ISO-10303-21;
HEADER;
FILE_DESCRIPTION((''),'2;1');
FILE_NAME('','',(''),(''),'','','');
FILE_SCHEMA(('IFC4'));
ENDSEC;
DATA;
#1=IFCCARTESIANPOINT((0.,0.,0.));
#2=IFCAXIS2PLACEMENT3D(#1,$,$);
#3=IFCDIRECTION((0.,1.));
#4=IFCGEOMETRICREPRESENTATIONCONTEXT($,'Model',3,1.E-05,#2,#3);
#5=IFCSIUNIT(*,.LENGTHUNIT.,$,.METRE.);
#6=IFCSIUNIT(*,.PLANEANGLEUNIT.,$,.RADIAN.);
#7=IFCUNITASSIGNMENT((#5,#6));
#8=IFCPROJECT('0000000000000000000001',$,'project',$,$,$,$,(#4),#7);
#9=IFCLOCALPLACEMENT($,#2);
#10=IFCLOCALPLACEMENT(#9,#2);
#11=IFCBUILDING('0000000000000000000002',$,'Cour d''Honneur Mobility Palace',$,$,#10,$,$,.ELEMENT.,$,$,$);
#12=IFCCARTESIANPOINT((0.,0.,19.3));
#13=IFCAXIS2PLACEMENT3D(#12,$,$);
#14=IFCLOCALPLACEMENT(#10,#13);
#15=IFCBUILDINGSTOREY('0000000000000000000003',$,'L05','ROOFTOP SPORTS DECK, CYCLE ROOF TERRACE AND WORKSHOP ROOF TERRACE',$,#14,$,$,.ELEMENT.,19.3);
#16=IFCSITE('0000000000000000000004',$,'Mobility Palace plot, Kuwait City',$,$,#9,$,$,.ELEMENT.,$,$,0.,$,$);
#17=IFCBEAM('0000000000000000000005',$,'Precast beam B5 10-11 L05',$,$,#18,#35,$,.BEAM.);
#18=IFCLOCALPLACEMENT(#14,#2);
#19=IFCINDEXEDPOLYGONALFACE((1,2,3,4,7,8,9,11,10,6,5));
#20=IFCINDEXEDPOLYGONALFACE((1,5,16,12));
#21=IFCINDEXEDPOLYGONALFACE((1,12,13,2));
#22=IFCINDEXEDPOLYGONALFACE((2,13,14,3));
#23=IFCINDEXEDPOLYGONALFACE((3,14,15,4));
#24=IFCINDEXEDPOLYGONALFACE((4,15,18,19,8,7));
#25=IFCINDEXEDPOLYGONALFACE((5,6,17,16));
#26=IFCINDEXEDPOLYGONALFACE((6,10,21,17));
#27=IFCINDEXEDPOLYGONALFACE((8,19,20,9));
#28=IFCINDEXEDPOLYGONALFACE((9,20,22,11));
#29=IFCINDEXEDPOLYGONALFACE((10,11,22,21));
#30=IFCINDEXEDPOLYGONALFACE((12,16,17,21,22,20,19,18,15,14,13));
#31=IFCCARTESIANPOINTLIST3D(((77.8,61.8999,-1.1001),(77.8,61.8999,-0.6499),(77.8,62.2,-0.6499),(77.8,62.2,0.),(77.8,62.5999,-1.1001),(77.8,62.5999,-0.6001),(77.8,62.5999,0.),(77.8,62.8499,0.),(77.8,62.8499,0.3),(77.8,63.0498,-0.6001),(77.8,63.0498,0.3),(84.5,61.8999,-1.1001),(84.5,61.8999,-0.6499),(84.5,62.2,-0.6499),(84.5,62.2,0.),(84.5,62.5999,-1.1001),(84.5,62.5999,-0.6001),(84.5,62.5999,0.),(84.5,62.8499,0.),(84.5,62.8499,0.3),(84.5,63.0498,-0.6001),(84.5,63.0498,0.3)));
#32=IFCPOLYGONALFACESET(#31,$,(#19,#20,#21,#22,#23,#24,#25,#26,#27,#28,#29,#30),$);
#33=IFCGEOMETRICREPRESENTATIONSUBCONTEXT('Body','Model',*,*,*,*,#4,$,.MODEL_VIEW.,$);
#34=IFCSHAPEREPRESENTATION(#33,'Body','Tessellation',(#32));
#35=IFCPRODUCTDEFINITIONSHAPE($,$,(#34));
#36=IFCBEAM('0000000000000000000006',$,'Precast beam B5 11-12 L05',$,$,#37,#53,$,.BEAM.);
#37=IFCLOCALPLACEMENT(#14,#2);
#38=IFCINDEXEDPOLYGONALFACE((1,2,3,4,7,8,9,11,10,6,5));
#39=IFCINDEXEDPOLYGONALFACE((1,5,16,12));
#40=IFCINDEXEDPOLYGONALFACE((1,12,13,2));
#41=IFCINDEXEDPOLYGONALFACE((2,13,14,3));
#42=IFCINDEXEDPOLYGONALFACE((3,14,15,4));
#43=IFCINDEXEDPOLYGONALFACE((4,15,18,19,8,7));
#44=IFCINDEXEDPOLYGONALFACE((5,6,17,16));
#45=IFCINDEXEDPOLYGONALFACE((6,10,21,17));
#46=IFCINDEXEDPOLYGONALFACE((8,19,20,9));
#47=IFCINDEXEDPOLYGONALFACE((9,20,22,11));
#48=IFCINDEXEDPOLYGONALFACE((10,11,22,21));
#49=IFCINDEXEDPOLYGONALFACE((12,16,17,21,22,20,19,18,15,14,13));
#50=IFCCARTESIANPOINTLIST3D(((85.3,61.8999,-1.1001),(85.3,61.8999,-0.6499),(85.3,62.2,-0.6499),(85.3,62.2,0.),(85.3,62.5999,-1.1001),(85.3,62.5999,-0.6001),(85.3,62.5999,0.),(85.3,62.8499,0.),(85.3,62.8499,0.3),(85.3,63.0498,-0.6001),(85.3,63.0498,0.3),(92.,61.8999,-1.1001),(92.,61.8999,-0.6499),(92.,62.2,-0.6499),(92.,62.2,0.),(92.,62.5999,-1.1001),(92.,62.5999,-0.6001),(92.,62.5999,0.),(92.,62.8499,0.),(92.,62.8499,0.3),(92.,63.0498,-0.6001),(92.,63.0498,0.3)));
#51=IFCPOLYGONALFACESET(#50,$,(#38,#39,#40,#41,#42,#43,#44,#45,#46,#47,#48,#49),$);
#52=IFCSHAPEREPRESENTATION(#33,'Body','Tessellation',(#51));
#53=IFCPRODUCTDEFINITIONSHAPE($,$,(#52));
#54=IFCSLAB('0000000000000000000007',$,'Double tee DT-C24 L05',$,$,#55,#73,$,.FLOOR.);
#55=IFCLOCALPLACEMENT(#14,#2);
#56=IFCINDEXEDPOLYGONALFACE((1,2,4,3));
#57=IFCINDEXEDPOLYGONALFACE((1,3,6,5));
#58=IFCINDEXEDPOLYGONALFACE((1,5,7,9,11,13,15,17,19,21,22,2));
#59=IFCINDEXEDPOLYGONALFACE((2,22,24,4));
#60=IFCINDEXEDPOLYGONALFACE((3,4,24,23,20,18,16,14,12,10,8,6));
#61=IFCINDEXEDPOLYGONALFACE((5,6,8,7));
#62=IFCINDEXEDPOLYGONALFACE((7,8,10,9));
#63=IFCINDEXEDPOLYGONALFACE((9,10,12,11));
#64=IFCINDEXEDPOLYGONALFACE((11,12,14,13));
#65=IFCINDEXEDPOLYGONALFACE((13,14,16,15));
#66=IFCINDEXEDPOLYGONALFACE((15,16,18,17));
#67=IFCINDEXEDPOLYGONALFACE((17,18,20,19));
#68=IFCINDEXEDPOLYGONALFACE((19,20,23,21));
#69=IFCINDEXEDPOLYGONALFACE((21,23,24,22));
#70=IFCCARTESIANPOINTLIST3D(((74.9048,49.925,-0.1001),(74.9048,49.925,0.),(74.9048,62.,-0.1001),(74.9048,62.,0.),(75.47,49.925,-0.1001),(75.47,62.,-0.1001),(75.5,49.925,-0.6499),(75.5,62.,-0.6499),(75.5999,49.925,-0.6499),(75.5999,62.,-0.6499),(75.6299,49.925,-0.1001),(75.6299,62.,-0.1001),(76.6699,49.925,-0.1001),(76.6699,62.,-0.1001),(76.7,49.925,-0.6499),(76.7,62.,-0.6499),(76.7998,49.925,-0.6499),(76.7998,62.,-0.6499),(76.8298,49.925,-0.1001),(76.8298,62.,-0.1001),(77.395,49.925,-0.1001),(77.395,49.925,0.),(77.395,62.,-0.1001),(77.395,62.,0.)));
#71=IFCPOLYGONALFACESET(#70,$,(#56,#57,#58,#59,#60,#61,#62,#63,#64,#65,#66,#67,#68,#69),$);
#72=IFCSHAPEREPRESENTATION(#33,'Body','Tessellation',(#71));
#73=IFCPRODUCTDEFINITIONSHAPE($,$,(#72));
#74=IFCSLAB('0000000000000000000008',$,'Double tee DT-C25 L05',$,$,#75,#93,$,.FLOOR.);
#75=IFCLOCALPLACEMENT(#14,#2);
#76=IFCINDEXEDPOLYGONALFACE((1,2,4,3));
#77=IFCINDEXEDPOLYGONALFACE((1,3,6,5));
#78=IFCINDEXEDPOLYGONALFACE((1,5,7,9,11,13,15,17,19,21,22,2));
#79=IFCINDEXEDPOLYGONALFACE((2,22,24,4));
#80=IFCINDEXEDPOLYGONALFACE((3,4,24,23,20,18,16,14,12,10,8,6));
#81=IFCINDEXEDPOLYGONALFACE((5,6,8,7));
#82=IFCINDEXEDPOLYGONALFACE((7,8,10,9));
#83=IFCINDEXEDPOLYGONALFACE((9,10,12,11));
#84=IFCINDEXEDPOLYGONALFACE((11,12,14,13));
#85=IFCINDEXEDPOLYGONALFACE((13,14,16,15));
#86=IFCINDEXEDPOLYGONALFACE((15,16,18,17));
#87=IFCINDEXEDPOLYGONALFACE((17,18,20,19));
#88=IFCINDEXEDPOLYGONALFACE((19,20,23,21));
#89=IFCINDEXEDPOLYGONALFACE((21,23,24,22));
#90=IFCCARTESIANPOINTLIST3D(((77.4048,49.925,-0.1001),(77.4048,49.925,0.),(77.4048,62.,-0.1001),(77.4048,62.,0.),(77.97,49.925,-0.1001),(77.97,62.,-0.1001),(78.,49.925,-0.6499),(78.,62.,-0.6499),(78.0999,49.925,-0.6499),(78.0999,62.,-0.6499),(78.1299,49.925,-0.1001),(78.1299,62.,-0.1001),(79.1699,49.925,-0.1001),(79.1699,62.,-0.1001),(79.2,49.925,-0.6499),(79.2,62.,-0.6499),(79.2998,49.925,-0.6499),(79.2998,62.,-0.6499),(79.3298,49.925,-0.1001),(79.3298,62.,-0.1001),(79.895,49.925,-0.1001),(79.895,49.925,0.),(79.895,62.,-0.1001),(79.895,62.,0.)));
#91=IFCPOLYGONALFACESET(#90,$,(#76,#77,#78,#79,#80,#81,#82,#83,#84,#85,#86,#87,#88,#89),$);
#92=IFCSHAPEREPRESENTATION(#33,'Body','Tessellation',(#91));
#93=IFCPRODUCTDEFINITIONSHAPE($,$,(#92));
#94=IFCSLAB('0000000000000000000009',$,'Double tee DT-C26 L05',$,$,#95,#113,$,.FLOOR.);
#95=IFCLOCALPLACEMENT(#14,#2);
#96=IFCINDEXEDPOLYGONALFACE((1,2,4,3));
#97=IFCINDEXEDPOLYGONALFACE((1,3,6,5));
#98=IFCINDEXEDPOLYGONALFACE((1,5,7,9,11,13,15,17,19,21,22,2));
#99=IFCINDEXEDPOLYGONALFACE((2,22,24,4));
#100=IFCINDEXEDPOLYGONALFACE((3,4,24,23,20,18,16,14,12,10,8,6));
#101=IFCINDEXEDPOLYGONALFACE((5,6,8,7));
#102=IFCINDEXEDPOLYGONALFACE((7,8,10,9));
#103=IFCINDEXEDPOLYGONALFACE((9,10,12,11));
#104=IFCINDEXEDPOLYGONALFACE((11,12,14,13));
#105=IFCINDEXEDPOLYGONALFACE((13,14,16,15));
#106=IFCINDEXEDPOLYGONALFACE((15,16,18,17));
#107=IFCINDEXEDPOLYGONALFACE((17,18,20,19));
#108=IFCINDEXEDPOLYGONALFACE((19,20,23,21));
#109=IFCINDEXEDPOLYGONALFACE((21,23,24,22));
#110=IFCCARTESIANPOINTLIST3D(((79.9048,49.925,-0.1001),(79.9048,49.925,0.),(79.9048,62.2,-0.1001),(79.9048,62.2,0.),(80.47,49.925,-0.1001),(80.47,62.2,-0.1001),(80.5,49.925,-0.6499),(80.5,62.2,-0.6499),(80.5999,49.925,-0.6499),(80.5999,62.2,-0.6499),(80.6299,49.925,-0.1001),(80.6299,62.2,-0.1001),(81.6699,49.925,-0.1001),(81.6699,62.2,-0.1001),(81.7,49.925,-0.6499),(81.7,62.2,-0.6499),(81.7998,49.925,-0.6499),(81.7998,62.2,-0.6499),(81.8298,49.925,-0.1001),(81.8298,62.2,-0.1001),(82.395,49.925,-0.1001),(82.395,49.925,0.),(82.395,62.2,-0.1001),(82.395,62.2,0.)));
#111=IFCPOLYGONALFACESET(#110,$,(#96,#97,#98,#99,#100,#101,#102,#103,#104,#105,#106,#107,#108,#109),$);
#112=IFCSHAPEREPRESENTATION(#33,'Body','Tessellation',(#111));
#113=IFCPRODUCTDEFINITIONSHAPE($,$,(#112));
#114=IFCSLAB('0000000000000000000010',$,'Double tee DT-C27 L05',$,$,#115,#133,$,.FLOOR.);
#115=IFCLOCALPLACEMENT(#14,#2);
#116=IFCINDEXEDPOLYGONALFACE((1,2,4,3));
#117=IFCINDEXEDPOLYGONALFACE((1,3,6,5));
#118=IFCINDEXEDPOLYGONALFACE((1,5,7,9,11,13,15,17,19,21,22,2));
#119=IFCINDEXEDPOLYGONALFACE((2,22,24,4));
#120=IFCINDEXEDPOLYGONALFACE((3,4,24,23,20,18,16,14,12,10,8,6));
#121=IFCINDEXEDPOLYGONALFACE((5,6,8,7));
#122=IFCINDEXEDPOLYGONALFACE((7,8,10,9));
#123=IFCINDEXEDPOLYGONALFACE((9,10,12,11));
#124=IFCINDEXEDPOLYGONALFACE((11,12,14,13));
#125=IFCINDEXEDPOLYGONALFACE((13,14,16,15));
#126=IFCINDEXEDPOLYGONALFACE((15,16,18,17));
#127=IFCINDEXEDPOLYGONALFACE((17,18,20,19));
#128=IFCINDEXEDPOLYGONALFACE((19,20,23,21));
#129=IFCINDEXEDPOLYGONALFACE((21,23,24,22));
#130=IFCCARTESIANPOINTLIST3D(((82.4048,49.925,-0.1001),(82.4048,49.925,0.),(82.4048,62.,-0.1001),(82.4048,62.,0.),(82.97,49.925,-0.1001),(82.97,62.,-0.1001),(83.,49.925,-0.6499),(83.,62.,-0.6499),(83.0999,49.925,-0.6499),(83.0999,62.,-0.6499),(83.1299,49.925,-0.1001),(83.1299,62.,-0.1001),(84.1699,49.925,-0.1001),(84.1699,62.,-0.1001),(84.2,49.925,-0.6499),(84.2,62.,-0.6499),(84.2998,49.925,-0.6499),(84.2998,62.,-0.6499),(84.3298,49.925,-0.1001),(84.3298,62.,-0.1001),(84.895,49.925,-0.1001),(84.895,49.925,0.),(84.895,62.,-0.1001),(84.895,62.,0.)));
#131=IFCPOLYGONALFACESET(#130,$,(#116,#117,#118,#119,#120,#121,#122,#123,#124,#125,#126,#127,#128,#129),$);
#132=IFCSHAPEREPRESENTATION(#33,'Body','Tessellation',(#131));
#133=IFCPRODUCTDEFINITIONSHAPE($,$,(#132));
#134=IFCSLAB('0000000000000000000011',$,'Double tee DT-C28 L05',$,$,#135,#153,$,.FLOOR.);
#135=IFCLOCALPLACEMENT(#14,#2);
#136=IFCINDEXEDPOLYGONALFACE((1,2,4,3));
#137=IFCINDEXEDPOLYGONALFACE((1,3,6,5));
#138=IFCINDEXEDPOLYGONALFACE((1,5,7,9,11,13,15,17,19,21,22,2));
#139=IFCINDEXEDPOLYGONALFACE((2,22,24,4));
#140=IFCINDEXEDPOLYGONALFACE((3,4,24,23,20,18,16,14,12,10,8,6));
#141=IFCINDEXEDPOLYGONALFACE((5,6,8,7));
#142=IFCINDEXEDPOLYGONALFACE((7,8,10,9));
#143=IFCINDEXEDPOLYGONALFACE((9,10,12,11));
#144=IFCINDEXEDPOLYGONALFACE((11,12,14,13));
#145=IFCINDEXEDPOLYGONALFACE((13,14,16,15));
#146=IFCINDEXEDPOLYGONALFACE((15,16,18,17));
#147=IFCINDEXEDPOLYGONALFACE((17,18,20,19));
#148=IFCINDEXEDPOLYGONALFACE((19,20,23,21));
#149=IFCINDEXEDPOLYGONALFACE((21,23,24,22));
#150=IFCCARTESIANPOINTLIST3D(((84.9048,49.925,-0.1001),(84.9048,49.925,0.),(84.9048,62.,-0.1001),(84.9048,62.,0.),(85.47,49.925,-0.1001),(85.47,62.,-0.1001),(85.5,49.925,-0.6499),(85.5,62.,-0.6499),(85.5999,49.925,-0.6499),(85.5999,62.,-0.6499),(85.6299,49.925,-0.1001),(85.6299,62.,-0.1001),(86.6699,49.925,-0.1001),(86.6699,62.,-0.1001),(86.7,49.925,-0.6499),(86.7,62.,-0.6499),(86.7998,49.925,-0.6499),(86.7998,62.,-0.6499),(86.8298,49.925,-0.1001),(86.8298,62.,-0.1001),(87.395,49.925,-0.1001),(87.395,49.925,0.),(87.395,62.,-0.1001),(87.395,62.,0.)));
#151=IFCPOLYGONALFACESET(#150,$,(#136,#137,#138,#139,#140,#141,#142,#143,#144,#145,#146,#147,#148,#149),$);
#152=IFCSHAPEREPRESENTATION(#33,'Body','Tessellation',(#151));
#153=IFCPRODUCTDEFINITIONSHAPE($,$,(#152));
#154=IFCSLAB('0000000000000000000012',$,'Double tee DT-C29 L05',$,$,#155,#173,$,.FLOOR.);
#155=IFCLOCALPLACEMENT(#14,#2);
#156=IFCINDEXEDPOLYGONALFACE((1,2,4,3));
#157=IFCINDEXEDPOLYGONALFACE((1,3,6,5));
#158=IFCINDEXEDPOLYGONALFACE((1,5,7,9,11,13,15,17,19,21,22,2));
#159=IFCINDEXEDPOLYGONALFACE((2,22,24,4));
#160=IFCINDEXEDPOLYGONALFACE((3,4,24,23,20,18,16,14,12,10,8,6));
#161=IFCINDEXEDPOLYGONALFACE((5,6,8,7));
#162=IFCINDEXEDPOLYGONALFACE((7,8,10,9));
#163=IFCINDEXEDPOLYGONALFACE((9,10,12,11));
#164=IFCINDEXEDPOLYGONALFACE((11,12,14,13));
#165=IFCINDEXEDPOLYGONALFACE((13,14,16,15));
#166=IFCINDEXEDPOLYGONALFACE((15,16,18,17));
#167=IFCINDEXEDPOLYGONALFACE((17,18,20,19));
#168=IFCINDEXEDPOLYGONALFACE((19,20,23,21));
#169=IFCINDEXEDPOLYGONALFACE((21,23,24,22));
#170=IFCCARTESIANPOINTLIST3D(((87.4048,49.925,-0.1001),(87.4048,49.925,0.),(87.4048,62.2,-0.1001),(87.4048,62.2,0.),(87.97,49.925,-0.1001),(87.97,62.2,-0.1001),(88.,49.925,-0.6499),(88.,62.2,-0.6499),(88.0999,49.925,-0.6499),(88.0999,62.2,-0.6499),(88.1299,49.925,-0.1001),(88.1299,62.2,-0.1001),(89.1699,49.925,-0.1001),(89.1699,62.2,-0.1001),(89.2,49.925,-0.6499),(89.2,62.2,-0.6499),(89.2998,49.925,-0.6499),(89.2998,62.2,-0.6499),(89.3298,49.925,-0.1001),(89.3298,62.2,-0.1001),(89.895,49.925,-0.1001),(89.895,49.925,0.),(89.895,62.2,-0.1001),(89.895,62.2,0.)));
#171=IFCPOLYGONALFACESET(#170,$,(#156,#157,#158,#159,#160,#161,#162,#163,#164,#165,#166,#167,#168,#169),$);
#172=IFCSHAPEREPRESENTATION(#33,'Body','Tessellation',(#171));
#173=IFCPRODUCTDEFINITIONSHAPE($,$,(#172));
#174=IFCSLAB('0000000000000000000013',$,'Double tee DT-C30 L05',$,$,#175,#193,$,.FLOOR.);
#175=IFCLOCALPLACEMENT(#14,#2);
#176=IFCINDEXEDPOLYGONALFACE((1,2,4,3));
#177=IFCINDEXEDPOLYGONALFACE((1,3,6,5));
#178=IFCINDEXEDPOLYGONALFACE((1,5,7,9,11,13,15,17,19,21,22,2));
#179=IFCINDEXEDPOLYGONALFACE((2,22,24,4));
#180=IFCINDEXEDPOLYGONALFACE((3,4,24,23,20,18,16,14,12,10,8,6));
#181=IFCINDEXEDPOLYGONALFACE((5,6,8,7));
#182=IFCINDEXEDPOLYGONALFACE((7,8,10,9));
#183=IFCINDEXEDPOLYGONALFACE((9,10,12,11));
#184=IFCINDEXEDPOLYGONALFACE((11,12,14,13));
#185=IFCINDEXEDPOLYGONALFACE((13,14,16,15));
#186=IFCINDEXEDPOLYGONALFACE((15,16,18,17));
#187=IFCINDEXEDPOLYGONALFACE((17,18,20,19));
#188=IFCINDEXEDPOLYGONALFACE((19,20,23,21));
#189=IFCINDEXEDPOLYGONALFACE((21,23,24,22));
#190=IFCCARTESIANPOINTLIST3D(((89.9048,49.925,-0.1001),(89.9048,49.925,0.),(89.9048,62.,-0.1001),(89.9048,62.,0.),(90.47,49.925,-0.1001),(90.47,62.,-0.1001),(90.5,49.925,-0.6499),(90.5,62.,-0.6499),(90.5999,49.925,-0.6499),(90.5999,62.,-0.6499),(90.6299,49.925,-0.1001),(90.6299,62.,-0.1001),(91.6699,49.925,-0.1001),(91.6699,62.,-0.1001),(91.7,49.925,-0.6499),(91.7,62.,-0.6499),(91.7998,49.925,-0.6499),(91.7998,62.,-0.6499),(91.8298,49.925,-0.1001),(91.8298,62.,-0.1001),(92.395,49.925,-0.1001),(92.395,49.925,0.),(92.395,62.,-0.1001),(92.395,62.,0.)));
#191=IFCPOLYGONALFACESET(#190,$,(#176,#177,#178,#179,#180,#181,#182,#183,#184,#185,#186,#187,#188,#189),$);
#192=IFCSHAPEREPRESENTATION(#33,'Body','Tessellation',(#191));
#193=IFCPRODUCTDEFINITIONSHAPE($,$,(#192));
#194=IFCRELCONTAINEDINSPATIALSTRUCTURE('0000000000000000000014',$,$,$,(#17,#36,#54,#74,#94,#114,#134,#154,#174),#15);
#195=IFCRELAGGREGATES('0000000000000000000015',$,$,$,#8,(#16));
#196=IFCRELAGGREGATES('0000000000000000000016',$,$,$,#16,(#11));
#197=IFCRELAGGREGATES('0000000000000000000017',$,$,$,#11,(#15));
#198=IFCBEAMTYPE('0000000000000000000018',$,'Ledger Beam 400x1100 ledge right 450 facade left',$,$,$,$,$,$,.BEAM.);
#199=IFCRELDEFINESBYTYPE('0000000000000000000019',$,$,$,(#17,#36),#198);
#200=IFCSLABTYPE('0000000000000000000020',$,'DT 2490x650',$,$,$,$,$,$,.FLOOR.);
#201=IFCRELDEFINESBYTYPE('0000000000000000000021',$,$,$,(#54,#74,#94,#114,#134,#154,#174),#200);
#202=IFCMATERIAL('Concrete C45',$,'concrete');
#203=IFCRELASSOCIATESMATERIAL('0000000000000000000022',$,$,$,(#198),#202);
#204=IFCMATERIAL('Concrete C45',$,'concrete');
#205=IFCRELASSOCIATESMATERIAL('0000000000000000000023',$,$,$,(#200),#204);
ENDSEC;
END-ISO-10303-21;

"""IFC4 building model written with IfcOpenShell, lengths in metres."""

from ifc_helpers import new_model, si_unit, direction, frame, origin, place, context, subcontext, project, spatial, polyline, outline, extrude, material, material_profile, profile_set, type_object, element, save


model = new_model("IFC4")

# Units and contexts
model_context = context("Model", 3, precision=1e-05, world=origin(), true_north=direction((0.0, 1.0)))
body_context = subcontext(model_context, "Body", "Model", "MODEL_VIEW")
ifc_project = project(units=[si_unit("LENGTHUNIT", "METRE"), si_unit("PLANEANGLEUNIT", "RADIAN")], contexts=[model_context])

# Site, building, storey
site_placement = place(None, origin())
site = spatial("IfcSite", under=ifc_project, at=site_placement, Name="Mobility Palace plot, Kuwait City", CompositionType="ELEMENT", RefElevation=0.0)
building_placement = place(site_placement, origin())
building = spatial("IfcBuilding", under=site, at=building_placement, Name="Cour d'Honneur Mobility Palace", CompositionType="ELEMENT")
storey_placement = place(building_placement, frame((0.0, 0.0, 19.3)))
storey = spatial("IfcBuildingStorey", under=building, at=storey_placement, Name="L05", Description="ROOFTOP SPORTS DECK, CYCLE ROOF TERRACE AND WORKSHOP ROOF TERRACE", CompositionType="ELEMENT", Elevation=19.3)

# Beams
ifc_material_1 = material(Name="Concrete C45", Category="concrete")
ifc_material_profile_1 = material_profile(ifc_material_1, outline(polyline([(0.2, -1.1001), (0.2, -0.6001), (0.6499, -0.6001), (0.6499, 0.3), (0.45, 0.3), (0.45, 0.0), (0.2, 0.0), (-0.2, 0.0), (-0.2, -0.6499), (-0.5, -0.6499), (-0.5, -1.1001), (0.2, -1.1001)])), Name="Ledger Beam 400x1100 ledge right 450 facade left")
ifc_profile_set_1 = profile_set([ifc_material_profile_1], Name="Concrete C45")
beam_type = type_object("IfcBeamType", Name="Ledger Beam 400x1100 ledge right 450 facade left", PredefinedType="BEAM", material=ifc_profile_set_1)
for number, where, z_axis, x_axis, name in (
    (1, (77.8, 62.3999, 0.0), (1.0, 0.0, 0.0), (0.0, 1.0, 0.0), "Precast beam B5 10-11 L05"),
    (2, (85.3, 62.3999, 0.0), (1.0, 0.0, 0.0), (0.0, 1.0, 0.0), "Precast beam B5 11-12 L05"),
):
    element("IfcBeam", number, at=place(storey_placement, frame(where, z_axis=z_axis, x_axis=x_axis)), inside=storey, type_object=beam_type, Name=name, PredefinedType="BEAM", context=body_context, shape_type="SweptSolid", body=[
        extrude(outline(polyline([(0.2, -1.1001), (0.2, -0.6001), (0.6499, -0.6001), (0.6499, 0.3), (0.45, 0.3), (0.45, 0.0), (0.2, 0.0), (-0.2, 0.0), (-0.2, -0.6499), (-0.5, -0.6499), (-0.5, -1.1001), (0.2, -1.1001)])), origin(), (0.0, 0.0, 1.0), 6.7),
    ])

# Slabs
ifc_material_2 = material(Name="Concrete C45", Category="concrete")
ifc_material_profile_2 = material_profile(ifc_material_2, outline(polyline([(-1.2451, 0.0), (1.2451, 0.0), (1.2451, -0.1001), (0.6799, -0.1001), (0.6499, -0.6499), (0.55, -0.6499), (0.52, -0.1001), (-0.52, -0.1001), (-0.55, -0.6499), (-0.6499, -0.6499), (-0.6799, -0.1001), (-1.2451, -0.1001), (-1.2451, 0.0)])), Name="DT 2490x650")
ifc_profile_set_2 = profile_set([ifc_material_profile_2], Name="Concrete C45")
slab_type = type_object("IfcSlabType", Name="DT 2490x650", PredefinedType="FLOOR", material=ifc_profile_set_2)
for number, where, z_axis, x_axis, name in (
    (3, (76.1499, 49.925, 0.0), (0.0, 1.0, 0.0), (-1.0, 0.0, 0.0), "Double tee DT-C24 L05"),
    (4, (78.6499, 49.925, 0.0), (0.0, 1.0, 0.0), (-1.0, 0.0, 0.0), "Double tee DT-C25 L05"),
):
    element("IfcSlab", number, at=place(storey_placement, frame(where, z_axis=z_axis, x_axis=x_axis)), inside=storey, type_object=slab_type, Name=name, PredefinedType="FLOOR", context=body_context, shape_type="SweptSolid", body=[
        extrude(outline(polyline([(-1.2451, 0.0), (1.2451, 0.0), (1.2451, -0.1001), (0.6799, -0.1001), (0.6499, -0.6499), (0.55, -0.6499), (0.52, -0.1001), (-0.52, -0.1001), (-0.55, -0.6499), (-0.6499, -0.6499), (-0.6799, -0.1001), (-1.2451, -0.1001), (-1.2451, 0.0)])), origin(), (0.0, 0.0, 1.0), 12.075),
    ])
slab_1_placement = place(storey_placement, frame((81.1499, 49.925, 0.0), z_axis=(0.0, 1.0, 0.0), x_axis=(-1.0, 0.0, 0.0)))
element("IfcSlab", 5, at=slab_1_placement, inside=storey, type_object=slab_type, Name="Double tee DT-C26 L05", PredefinedType="FLOOR", context=body_context, shape_type="SweptSolid", body=[
    extrude(outline(polyline([(-1.2451, 0.0), (1.2451, 0.0), (1.2451, -0.1001), (0.6799, -0.1001), (0.6499, -0.6499), (0.55, -0.6499), (0.52, -0.1001), (-0.52, -0.1001), (-0.55, -0.6499), (-0.6499, -0.6499), (-0.6799, -0.1001), (-1.2451, -0.1001), (-1.2451, 0.0)])), origin(), (0.0, 0.0, 1.0), 12.2749),
])
for number, where, z_axis, x_axis, name in (
    (6, (83.6499, 49.925, 0.0), (0.0, 1.0, 0.0), (-1.0, 0.0, 0.0), "Double tee DT-C27 L05"),
    (7, (86.1499, 49.925, 0.0), (0.0, 1.0, 0.0), (-1.0, 0.0, 0.0), "Double tee DT-C28 L05"),
):
    element("IfcSlab", number, at=place(storey_placement, frame(where, z_axis=z_axis, x_axis=x_axis)), inside=storey, type_object=slab_type, Name=name, PredefinedType="FLOOR", context=body_context, shape_type="SweptSolid", body=[
        extrude(outline(polyline([(-1.2451, 0.0), (1.2451, 0.0), (1.2451, -0.1001), (0.6799, -0.1001), (0.6499, -0.6499), (0.55, -0.6499), (0.52, -0.1001), (-0.52, -0.1001), (-0.55, -0.6499), (-0.6499, -0.6499), (-0.6799, -0.1001), (-1.2451, -0.1001), (-1.2451, 0.0)])), origin(), (0.0, 0.0, 1.0), 12.075),
    ])
slab_2_placement = place(storey_placement, frame((88.6499, 49.925, 0.0), z_axis=(0.0, 1.0, 0.0), x_axis=(-1.0, 0.0, 0.0)))
element("IfcSlab", 8, at=slab_2_placement, inside=storey, type_object=slab_type, Name="Double tee DT-C29 L05", PredefinedType="FLOOR", context=body_context, shape_type="SweptSolid", body=[
    extrude(outline(polyline([(-1.2451, 0.0), (1.2451, 0.0), (1.2451, -0.1001), (0.6799, -0.1001), (0.6499, -0.6499), (0.55, -0.6499), (0.52, -0.1001), (-0.52, -0.1001), (-0.55, -0.6499), (-0.6499, -0.6499), (-0.6799, -0.1001), (-1.2451, -0.1001), (-1.2451, 0.0)])), origin(), (0.0, 0.0, 1.0), 12.2749),
])
slab_3_placement = place(storey_placement, frame((91.1499, 49.925, 0.0), z_axis=(0.0, 1.0, 0.0), x_axis=(-1.0, 0.0, 0.0)))
element("IfcSlab", 9, at=slab_3_placement, inside=storey, type_object=slab_type, Name="Double tee DT-C30 L05", PredefinedType="FLOOR", context=body_context, shape_type="SweptSolid", body=[
    extrude(outline(polyline([(-1.2451, 0.0), (1.2451, 0.0), (1.2451, -0.1001), (0.6799, -0.1001), (0.6499, -0.6499), (0.55, -0.6499), (0.52, -0.1001), (-0.52, -0.1001), (-0.55, -0.6499), (-0.6499, -0.6499), (-0.6799, -0.1001), (-1.2451, -0.1001), (-1.2451, 0.0)])), origin(), (0.0, 0.0, 1.0), 12.075),
])

save(model, "model.ifc")
